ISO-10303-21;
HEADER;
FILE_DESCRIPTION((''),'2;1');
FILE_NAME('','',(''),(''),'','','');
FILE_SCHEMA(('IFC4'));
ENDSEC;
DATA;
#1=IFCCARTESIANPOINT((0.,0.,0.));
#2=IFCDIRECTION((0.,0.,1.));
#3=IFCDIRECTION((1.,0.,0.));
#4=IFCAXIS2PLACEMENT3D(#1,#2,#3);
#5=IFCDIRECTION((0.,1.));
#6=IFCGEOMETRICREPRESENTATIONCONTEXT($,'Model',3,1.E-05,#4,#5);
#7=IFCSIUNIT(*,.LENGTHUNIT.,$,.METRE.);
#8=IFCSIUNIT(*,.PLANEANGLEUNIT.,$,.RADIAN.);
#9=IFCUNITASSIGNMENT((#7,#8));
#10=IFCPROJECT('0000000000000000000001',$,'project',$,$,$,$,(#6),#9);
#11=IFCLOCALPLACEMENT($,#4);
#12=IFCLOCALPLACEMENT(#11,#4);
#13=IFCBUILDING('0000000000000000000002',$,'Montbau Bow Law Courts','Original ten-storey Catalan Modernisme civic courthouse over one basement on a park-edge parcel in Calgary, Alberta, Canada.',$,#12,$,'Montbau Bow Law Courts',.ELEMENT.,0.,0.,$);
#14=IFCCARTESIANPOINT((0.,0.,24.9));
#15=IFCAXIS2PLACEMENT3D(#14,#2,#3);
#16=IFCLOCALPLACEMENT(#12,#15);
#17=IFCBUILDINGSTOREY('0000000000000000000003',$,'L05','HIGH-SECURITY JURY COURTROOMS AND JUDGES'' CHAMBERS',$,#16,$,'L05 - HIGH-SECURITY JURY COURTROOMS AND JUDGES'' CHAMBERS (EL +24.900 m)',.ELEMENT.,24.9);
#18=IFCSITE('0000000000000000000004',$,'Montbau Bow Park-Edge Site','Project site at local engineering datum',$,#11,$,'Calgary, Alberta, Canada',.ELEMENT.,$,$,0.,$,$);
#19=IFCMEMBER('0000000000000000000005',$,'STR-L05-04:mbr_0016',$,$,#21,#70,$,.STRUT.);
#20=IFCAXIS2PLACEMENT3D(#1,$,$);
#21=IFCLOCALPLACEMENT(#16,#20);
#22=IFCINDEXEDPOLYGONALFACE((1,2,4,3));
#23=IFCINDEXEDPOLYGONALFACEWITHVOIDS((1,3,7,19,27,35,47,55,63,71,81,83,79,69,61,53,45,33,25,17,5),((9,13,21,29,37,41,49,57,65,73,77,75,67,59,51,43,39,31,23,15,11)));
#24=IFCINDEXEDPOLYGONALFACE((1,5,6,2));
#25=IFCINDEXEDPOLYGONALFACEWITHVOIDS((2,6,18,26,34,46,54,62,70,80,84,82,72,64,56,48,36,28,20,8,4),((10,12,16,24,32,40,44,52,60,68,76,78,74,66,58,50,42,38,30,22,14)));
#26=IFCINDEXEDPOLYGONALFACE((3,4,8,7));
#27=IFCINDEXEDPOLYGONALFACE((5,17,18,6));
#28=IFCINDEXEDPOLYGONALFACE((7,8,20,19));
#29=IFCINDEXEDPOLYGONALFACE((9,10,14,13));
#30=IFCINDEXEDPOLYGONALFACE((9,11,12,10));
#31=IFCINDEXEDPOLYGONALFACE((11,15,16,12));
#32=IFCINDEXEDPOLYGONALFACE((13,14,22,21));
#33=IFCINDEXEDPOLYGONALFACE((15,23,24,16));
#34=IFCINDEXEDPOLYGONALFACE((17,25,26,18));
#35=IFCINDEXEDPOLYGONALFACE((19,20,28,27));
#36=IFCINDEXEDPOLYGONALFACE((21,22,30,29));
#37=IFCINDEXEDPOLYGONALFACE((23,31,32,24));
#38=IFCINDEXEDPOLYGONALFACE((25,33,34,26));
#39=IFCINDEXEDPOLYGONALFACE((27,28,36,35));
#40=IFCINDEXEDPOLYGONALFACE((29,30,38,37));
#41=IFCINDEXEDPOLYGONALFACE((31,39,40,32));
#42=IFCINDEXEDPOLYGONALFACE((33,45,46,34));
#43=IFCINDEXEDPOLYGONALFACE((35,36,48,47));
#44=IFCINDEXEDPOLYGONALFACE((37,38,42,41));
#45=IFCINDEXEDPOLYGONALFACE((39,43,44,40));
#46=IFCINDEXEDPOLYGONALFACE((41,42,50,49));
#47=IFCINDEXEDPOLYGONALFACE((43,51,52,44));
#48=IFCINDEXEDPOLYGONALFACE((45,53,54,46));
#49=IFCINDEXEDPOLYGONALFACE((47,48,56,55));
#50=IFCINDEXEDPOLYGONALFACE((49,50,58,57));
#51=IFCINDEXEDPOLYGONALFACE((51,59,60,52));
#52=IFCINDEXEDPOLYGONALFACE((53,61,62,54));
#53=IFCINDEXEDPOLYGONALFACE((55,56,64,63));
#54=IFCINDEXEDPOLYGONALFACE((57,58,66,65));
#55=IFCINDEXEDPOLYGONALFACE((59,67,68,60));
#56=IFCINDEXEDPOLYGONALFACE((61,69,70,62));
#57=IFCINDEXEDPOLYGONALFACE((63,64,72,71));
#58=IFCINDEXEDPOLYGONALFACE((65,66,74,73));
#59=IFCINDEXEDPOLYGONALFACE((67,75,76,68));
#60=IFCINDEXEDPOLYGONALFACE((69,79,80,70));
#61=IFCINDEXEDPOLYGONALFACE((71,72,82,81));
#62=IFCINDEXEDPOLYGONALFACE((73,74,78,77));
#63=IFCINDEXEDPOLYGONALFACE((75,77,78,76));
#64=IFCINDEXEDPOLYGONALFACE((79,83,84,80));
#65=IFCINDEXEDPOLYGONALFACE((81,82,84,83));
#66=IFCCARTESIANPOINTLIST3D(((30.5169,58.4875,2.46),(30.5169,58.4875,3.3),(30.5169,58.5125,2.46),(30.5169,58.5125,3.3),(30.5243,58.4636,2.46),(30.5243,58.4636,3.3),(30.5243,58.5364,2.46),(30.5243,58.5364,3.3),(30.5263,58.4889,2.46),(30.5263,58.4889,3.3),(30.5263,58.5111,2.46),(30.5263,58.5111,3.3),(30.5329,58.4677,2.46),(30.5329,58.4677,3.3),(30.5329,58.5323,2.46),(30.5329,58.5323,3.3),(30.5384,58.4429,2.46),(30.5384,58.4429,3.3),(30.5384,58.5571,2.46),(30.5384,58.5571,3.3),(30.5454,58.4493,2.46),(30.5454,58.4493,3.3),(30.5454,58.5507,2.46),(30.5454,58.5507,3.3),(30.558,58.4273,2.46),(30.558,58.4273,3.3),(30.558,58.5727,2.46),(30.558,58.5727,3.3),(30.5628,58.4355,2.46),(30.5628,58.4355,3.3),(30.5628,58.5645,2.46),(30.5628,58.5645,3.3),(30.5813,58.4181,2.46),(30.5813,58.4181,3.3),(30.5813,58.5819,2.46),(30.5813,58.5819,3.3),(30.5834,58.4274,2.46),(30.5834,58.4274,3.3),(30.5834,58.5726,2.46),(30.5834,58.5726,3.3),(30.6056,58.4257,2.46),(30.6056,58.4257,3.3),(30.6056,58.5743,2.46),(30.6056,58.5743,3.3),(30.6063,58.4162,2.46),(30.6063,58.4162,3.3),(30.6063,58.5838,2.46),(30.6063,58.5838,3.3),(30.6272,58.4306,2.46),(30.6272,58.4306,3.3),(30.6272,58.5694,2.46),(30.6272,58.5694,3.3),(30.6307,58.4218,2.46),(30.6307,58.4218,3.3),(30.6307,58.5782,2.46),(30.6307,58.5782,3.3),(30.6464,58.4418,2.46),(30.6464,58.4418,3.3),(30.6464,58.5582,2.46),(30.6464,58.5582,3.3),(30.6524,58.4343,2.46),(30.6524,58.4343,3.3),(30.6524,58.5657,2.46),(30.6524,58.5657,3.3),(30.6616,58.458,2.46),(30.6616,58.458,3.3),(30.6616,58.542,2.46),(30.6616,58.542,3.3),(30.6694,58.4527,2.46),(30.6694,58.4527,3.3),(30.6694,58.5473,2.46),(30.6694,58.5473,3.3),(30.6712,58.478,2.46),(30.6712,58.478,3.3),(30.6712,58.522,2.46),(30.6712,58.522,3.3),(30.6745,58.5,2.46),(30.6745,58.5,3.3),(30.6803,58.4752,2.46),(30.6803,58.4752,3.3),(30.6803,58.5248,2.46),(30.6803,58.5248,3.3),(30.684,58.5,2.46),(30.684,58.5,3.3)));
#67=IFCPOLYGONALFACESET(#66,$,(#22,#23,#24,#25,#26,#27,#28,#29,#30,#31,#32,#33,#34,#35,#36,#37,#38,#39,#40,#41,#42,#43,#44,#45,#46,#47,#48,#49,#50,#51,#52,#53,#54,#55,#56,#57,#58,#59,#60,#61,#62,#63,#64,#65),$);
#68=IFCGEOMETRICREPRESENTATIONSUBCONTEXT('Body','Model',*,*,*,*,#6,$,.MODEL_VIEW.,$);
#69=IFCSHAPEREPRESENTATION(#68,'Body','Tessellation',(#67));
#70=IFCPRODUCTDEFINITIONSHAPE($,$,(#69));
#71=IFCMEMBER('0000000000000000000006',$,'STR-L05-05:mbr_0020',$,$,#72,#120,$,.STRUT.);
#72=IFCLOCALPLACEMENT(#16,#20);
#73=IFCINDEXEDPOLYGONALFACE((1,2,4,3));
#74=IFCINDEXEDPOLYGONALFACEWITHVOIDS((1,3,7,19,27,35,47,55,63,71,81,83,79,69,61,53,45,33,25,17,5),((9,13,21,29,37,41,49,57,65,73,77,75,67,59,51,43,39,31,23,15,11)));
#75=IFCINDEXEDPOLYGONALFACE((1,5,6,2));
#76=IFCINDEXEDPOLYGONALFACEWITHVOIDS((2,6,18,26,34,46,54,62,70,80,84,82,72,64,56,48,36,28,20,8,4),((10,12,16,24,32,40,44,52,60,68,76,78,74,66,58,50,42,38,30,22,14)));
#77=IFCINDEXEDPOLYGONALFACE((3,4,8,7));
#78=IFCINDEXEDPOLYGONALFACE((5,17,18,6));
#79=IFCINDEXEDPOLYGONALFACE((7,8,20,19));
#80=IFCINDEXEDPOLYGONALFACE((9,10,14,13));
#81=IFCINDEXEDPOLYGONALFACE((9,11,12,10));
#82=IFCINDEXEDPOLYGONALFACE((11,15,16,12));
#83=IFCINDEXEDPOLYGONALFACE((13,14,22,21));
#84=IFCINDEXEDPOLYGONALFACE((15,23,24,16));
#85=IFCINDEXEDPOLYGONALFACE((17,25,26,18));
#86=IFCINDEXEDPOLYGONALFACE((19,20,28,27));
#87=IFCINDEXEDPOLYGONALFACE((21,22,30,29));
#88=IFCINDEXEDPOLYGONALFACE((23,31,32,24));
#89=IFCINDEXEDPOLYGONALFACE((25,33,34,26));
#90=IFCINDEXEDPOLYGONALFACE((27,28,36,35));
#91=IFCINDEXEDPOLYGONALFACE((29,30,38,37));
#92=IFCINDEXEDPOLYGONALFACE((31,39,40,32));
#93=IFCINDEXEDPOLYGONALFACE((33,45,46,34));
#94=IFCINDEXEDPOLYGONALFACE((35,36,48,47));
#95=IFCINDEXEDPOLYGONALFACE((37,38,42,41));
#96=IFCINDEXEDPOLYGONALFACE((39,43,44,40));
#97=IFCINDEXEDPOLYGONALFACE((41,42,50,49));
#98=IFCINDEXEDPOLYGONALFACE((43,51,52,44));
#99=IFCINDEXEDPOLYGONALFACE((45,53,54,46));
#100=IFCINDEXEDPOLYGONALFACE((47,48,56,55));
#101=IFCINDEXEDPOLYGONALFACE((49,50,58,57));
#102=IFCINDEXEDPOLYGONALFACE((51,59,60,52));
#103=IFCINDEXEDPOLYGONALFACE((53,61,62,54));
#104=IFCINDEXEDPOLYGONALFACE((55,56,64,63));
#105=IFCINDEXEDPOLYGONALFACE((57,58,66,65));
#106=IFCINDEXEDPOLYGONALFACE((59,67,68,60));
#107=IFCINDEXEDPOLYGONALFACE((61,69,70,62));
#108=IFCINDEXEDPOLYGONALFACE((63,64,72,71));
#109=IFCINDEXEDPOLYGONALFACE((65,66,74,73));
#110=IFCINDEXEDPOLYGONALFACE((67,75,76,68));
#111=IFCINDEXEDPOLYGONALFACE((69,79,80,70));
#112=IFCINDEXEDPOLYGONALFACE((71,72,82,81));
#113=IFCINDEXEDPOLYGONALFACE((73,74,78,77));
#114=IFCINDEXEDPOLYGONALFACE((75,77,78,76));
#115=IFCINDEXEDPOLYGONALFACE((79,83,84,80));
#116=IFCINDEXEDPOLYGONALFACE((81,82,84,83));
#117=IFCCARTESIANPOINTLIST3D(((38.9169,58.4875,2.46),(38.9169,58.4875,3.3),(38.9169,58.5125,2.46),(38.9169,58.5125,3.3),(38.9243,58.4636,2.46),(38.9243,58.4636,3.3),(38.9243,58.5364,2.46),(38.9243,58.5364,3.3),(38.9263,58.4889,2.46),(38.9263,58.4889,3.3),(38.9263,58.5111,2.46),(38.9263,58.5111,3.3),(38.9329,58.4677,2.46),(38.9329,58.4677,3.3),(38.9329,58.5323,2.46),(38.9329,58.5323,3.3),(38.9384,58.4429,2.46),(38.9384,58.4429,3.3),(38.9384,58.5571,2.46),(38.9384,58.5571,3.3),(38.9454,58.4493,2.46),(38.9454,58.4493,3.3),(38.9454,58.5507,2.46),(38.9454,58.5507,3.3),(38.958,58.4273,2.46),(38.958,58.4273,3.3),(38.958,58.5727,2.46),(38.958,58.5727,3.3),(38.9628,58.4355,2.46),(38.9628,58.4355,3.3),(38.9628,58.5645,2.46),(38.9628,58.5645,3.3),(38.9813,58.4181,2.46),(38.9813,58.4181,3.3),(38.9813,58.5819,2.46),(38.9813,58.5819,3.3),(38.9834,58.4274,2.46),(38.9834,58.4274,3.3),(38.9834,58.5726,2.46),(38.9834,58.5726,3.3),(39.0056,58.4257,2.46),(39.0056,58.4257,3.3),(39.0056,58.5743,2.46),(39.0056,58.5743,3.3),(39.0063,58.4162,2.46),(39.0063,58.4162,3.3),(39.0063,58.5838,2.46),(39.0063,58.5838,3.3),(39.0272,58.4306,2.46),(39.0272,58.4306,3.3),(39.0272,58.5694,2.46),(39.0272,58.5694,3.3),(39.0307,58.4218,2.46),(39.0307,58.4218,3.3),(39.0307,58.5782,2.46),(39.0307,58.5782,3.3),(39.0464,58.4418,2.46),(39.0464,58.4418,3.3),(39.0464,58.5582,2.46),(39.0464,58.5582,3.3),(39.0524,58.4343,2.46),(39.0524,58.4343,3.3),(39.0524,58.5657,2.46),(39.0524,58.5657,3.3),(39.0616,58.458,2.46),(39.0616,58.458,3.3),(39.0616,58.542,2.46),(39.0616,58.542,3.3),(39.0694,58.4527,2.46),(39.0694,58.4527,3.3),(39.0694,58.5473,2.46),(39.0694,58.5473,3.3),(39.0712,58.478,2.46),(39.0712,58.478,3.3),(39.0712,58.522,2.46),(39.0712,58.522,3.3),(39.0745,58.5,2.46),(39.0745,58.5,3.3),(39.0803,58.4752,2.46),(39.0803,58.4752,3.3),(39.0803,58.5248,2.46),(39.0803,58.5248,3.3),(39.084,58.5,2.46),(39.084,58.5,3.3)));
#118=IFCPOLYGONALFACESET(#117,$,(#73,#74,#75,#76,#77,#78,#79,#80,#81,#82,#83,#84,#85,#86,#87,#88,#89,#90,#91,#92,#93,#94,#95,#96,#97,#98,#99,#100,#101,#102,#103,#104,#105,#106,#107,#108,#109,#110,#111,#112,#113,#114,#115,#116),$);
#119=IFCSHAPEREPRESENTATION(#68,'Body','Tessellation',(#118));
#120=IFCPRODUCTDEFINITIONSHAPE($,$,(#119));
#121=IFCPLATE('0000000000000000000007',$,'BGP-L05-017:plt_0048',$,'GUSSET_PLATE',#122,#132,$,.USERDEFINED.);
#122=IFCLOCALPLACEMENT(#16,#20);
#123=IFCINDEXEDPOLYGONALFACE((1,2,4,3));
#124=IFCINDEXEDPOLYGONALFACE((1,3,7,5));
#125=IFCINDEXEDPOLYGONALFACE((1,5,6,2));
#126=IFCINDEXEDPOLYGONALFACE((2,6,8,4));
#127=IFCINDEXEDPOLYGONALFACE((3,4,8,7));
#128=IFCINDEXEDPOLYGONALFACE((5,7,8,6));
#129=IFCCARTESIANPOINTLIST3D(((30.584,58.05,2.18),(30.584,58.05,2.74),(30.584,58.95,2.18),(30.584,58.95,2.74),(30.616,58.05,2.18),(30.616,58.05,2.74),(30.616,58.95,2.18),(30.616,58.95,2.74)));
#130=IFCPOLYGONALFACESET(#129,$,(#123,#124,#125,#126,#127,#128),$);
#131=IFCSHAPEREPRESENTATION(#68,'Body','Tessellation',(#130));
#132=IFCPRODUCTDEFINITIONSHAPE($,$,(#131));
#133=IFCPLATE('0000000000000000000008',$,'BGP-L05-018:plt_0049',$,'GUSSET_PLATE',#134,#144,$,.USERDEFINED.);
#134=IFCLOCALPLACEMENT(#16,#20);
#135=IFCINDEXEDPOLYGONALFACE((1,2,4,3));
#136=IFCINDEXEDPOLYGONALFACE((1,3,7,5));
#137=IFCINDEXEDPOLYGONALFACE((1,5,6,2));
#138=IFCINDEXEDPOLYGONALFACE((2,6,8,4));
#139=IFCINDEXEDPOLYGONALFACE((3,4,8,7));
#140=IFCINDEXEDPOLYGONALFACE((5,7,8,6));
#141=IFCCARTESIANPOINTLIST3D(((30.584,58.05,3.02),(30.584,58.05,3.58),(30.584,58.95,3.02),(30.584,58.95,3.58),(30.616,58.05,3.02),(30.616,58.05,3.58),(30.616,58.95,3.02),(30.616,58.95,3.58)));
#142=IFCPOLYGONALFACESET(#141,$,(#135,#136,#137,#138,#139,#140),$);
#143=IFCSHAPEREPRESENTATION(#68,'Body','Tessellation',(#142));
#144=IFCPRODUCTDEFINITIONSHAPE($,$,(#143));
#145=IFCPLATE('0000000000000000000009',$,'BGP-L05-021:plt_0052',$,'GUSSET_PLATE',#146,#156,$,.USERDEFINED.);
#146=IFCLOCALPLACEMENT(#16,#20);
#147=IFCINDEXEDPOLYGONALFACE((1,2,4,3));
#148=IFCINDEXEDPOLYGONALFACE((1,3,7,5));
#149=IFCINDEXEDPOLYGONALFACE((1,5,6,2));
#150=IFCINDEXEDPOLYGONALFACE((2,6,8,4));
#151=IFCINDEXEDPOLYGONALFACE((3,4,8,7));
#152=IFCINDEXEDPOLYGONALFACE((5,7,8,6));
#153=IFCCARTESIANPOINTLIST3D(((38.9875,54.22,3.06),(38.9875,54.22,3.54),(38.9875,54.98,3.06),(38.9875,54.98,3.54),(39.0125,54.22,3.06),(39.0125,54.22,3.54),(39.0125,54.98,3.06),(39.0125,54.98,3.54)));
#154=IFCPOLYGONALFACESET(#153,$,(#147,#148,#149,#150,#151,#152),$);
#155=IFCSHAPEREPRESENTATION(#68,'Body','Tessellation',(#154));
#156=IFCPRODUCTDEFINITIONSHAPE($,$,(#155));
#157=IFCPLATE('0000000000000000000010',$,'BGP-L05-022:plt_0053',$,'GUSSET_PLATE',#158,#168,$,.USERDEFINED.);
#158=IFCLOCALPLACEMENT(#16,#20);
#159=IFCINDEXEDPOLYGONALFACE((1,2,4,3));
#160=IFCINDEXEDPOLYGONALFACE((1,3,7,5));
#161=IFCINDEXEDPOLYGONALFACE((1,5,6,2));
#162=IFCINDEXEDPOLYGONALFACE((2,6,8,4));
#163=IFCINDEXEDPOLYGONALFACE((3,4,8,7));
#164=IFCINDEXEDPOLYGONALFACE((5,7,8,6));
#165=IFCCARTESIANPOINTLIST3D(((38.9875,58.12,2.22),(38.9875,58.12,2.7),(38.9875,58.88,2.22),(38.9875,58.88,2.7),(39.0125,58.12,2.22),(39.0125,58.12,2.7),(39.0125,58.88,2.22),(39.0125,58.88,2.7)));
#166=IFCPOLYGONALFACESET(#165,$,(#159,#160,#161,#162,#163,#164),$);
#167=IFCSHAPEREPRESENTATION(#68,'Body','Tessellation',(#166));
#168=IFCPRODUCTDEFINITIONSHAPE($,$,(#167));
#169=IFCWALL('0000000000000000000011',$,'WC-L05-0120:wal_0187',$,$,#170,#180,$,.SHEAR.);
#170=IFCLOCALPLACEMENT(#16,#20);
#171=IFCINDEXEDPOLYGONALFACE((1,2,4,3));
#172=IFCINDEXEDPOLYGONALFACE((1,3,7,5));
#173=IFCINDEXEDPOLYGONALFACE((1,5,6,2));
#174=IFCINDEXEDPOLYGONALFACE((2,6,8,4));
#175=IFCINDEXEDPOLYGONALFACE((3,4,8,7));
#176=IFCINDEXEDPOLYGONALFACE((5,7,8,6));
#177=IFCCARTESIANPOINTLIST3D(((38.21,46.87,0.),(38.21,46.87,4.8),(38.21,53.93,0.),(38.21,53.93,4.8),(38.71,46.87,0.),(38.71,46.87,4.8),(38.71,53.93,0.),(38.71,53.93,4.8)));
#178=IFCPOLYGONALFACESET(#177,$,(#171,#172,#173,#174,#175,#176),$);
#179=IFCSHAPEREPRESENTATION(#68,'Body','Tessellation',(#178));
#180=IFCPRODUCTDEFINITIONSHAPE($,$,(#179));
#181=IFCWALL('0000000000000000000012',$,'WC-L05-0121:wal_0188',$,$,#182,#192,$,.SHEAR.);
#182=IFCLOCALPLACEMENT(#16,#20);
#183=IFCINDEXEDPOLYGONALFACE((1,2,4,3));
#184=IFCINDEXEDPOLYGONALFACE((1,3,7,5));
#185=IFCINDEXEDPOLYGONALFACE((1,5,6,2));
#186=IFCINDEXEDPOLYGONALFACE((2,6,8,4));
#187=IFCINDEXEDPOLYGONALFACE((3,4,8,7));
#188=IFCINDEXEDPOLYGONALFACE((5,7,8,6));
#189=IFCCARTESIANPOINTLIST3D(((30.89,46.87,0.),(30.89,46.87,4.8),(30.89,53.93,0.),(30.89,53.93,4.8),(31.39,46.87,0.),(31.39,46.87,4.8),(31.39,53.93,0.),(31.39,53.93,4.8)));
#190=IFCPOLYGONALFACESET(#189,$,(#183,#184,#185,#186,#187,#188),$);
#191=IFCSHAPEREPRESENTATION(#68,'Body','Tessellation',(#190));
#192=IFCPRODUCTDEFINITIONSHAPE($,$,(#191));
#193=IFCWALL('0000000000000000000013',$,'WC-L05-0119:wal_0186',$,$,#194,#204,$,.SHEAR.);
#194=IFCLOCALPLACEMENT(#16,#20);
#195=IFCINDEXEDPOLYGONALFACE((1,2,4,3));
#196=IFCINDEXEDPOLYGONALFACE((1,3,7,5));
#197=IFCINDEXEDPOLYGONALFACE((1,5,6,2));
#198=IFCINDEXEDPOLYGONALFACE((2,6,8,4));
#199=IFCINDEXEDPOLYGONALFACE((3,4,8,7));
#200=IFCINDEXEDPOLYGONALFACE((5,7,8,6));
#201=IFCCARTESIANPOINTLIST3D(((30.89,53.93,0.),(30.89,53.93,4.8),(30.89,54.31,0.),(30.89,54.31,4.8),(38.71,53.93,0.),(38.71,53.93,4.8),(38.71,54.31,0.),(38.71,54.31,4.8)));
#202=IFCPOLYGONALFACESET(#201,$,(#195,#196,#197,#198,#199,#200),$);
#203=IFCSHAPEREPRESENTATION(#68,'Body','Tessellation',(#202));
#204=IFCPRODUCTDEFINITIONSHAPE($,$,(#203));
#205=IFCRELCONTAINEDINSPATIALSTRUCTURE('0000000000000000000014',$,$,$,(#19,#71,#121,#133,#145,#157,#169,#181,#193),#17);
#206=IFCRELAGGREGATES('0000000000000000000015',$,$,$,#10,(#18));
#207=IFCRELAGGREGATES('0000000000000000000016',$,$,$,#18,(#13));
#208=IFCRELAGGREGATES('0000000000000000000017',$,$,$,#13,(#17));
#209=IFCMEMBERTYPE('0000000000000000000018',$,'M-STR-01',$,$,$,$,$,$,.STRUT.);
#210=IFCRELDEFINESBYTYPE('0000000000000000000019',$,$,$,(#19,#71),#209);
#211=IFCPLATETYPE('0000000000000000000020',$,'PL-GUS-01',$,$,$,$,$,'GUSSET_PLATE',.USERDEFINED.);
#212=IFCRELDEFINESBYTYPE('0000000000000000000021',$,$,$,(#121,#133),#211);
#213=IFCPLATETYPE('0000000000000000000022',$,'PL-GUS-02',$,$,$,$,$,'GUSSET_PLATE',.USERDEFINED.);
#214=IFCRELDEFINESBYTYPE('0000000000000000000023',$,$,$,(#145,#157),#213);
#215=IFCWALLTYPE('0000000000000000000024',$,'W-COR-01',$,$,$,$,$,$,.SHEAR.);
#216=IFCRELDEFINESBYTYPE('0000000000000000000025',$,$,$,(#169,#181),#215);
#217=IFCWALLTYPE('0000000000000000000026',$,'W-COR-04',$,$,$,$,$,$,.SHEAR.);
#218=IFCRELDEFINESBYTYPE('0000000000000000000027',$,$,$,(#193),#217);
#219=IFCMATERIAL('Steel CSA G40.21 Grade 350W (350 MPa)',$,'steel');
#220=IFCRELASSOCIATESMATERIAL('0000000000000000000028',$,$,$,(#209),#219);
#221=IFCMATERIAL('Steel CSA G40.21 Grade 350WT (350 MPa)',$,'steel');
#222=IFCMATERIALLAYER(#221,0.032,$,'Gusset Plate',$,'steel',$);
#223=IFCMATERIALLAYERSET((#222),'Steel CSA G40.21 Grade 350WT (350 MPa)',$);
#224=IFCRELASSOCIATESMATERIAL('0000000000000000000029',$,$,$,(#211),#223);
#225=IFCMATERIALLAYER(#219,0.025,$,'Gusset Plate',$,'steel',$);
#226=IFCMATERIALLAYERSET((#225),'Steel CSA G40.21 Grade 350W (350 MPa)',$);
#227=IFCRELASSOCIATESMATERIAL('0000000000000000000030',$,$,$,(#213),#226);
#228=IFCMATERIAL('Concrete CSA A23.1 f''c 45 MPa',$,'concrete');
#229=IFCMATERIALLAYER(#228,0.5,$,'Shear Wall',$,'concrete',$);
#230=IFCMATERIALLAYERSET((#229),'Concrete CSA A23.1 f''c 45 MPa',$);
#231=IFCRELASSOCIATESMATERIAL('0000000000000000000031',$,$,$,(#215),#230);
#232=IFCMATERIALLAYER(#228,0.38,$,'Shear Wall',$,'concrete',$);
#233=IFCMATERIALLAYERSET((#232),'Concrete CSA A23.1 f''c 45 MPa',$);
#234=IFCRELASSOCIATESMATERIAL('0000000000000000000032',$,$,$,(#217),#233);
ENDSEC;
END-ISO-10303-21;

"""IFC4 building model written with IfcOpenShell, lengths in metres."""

from ifc_helpers import new_model, si_unit, direction, frame, frame_2d, origin_with_axes, origin_2d_with_axis, place, context, subcontext, project, spatial, rectangle, hollow_circle, extrude, material, layer, layer_set, material_profile, profile_set, type_object, element, save


model = new_model("IFC4")

# Units and contexts
model_context = context("Model", 3, precision=1e-05, world=origin_with_axes(), true_north=direction((0.0, 1.0)))
body_context = subcontext(model_context, "Body", "Model", "MODEL_VIEW")
ifc_project = project(units=[si_unit("LENGTHUNIT", "METRE"), si_unit("PLANEANGLEUNIT", "RADIAN")], contexts=[model_context])

# Site, building, storey
site_placement = place(None, origin_with_axes())
site = spatial("IfcSite", under=ifc_project, at=site_placement, Name="Montbau Bow Park-Edge Site", Description="Project site at local engineering datum", LongName="Calgary, Alberta, Canada", CompositionType="ELEMENT", RefElevation=0.0)
building_placement = place(site_placement, origin_with_axes())
building = spatial("IfcBuilding", under=site, at=building_placement, Name="Montbau Bow Law Courts", Description="Original ten-storey Catalan Modernisme civic courthouse over one basement on a park-edge parcel in Calgary, Alberta, Canada.", LongName="Montbau Bow Law Courts", CompositionType="ELEMENT", ElevationOfRefHeight=0.0, ElevationOfTerrain=0.0)
storey_placement = place(building_placement, frame((0.0, 0.0, 24.9), z_axis=(0.0, 0.0, 1.0), x_axis=(1.0, 0.0, 0.0)))
storey = spatial("IfcBuildingStorey", under=building, at=storey_placement, Name="L05", Description="HIGH-SECURITY JURY COURTROOMS AND JUDGES' CHAMBERS", LongName="L05 - HIGH-SECURITY JURY COURTROOMS AND JUDGES' CHAMBERS (EL +24.900 m)", CompositionType="ELEMENT", Elevation=24.9)

# Shared definitions
ifc_material_1 = material(Name="Steel CSA G40.21 Grade 350W (350 MPa)", Category="steel")

# Shared definitions
ifc_material_2 = material(Name="Steel CSA G40.21 Grade 350WT (350 MPa)", Category="steel")

# Members
ifc_material_profile_1 = material_profile(ifc_material_1, hollow_circle(Radius=0.084, WallThickness=0.0095, at=origin_2d_with_axis()), Name="HSS168X9.5", Category="Main", Priority=0)
ifc_profile_set_1 = profile_set([ifc_material_profile_1], Name="Steel CSA G40.21 Grade 350W (350 MPa)")
member_type_1 = type_object("IfcMemberType", Name="M-STR-01", PredefinedType="STRUT", material=ifc_profile_set_1)
for number, where, z_axis, x_axis, name in (
    (1, (30.6, 58.5, 27.36), (0.0, 0.0, 1.0), (1.0, 0.0, 0.0), "STR-L05-04:mbr_0016"),
    (2, (39.0, 58.5, 27.36), (0.0, 0.0, 1.0), (1.0, 0.0, 0.0), "STR-L05-05:mbr_0020"),
):
    element("IfcMember", number, at=place(None, frame(where, z_axis=z_axis, x_axis=x_axis)), inside=storey, type_object=member_type_1, Name=name, PredefinedType="STRUT", context=body_context, shape_type="SweptSolid", body=[
        extrude(hollow_circle(Radius=0.084, WallThickness=0.0095, at=origin_2d_with_axis()), origin_with_axes(), (0.0, 0.0, 1.0), 0.84),
    ])

# Plates
ifc_layer_1 = layer(ifc_material_2, 0.032, Name="Gusset Plate", Category="steel")
ifc_layer_set_1 = layer_set([ifc_layer_1], Name="Steel CSA G40.21 Grade 350WT (350 MPa)")
plate_type_1 = type_object("IfcPlateType", Name="PL-GUS-01", ElementType="GUSSET_PLATE", PredefinedType="USERDEFINED", material=ifc_layer_set_1)
for number, where, z_axis, x_axis, name in (
    (3, (30.6, 58.5, 27.08), (0.0, 0.0, 1.0), (0.0, 1.0, 0.0), "BGP-L05-017:plt_0048"),
    (4, (30.6, 58.5, 27.92), (0.0, 0.0, 1.0), (0.0, 1.0, 0.0), "BGP-L05-018:plt_0049"),
):
    element("IfcPlate", number, at=place(None, frame(where, z_axis=z_axis, x_axis=x_axis)), inside=storey, type_object=plate_type_1, Name=name, ObjectType="GUSSET_PLATE", PredefinedType="USERDEFINED", context=body_context, shape_type="SweptSolid", body=[
        extrude(rectangle(XDim=0.9, YDim=0.032, at=origin_2d_with_axis()), origin_with_axes(), (0.0, 0.0, 1.0), 0.56),
    ])
ifc_layer_2 = layer(ifc_material_1, 0.025, Name="Gusset Plate", Category="steel")
ifc_layer_set_2 = layer_set([ifc_layer_2], Name="Steel CSA G40.21 Grade 350W (350 MPa)")
plate_type_2 = type_object("IfcPlateType", Name="PL-GUS-02", ElementType="GUSSET_PLATE", PredefinedType="USERDEFINED", material=ifc_layer_set_2)
for number, where, z_axis, x_axis, name in (
    (5, (39.0, 54.6, 27.96), (0.0, 0.0, 1.0), (0.0, 1.0, 0.0), "BGP-L05-021:plt_0052"),
    (6, (39.0, 58.5, 27.12), (0.0, 0.0, 1.0), (0.0, 1.0, 0.0), "BGP-L05-022:plt_0053"),
):
    element("IfcPlate", number, at=place(None, frame(where, z_axis=z_axis, x_axis=x_axis)), inside=storey, type_object=plate_type_2, Name=name, ObjectType="GUSSET_PLATE", PredefinedType="USERDEFINED", context=body_context, shape_type="SweptSolid", body=[
        extrude(rectangle(XDim=0.76, YDim=0.025, at=origin_2d_with_axis()), origin_with_axes(), (0.0, 0.0, 1.0), 0.48),
    ])

# Walls
ifc_material_3 = material(Name="Concrete CSA A23.1 f'c 45 MPa", Category="concrete")
ifc_layer_3 = layer(ifc_material_3, 0.5, Name="Shear Wall", Category="concrete")
ifc_layer_set_3 = layer_set([ifc_layer_3], Name="Concrete CSA A23.1 f'c 45 MPa")
wall_type_1 = type_object("IfcWallType", Name="W-COR-01", PredefinedType="SHEAR", material=ifc_layer_set_3)
for number, where, z_axis, x_axis, name in (
    (7, (38.46, 46.87, 24.9), (0.0, 0.0, 1.0), (0.0, 1.0, 0.0), "WC-L05-0120:wal_0187"),
    (8, (31.14, 53.93, 24.9), (0.0, 0.0, 1.0), (0.0, -1.0, 0.0), "WC-L05-0121:wal_0188"),
):
    element("IfcWall", number, at=place(None, frame(where, z_axis=z_axis, x_axis=x_axis)), inside=storey, type_object=wall_type_1, Name=name, PredefinedType="SHEAR", context=body_context, shape_type="SweptSolid", body=[
        extrude(rectangle(XDim=7.06, YDim=0.5, at=frame_2d((3.53, 0.0), x_axis=(1.0, 0.0))), origin_with_axes(), (0.0, 0.0, 1.0), 4.8),
    ])
ifc_layer_4 = layer(ifc_material_3, 0.38, Name="Shear Wall", Category="concrete")
ifc_layer_set_4 = layer_set([ifc_layer_4], Name="Concrete CSA A23.1 f'c 45 MPa")
wall_type_2 = type_object("IfcWallType", Name="W-COR-04", PredefinedType="SHEAR", material=ifc_layer_set_4)
wall_1_placement = place(None, frame((38.71, 54.12, 24.9), z_axis=(0.0, 0.0, 1.0), x_axis=(-1.0, 0.0, 0.0)))
element("IfcWall", 9, at=wall_1_placement, inside=storey, type_object=wall_type_2, Name="WC-L05-0119:wal_0186", PredefinedType="SHEAR", context=body_context, shape_type="SweptSolid", body=[
    extrude(rectangle(XDim=7.82, YDim=0.38, at=frame_2d((3.91, 0.0), x_axis=(1.0, 0.0))), origin_with_axes(), (0.0, 0.0, 1.0), 4.8),
])

save(model, "model.ifc")
